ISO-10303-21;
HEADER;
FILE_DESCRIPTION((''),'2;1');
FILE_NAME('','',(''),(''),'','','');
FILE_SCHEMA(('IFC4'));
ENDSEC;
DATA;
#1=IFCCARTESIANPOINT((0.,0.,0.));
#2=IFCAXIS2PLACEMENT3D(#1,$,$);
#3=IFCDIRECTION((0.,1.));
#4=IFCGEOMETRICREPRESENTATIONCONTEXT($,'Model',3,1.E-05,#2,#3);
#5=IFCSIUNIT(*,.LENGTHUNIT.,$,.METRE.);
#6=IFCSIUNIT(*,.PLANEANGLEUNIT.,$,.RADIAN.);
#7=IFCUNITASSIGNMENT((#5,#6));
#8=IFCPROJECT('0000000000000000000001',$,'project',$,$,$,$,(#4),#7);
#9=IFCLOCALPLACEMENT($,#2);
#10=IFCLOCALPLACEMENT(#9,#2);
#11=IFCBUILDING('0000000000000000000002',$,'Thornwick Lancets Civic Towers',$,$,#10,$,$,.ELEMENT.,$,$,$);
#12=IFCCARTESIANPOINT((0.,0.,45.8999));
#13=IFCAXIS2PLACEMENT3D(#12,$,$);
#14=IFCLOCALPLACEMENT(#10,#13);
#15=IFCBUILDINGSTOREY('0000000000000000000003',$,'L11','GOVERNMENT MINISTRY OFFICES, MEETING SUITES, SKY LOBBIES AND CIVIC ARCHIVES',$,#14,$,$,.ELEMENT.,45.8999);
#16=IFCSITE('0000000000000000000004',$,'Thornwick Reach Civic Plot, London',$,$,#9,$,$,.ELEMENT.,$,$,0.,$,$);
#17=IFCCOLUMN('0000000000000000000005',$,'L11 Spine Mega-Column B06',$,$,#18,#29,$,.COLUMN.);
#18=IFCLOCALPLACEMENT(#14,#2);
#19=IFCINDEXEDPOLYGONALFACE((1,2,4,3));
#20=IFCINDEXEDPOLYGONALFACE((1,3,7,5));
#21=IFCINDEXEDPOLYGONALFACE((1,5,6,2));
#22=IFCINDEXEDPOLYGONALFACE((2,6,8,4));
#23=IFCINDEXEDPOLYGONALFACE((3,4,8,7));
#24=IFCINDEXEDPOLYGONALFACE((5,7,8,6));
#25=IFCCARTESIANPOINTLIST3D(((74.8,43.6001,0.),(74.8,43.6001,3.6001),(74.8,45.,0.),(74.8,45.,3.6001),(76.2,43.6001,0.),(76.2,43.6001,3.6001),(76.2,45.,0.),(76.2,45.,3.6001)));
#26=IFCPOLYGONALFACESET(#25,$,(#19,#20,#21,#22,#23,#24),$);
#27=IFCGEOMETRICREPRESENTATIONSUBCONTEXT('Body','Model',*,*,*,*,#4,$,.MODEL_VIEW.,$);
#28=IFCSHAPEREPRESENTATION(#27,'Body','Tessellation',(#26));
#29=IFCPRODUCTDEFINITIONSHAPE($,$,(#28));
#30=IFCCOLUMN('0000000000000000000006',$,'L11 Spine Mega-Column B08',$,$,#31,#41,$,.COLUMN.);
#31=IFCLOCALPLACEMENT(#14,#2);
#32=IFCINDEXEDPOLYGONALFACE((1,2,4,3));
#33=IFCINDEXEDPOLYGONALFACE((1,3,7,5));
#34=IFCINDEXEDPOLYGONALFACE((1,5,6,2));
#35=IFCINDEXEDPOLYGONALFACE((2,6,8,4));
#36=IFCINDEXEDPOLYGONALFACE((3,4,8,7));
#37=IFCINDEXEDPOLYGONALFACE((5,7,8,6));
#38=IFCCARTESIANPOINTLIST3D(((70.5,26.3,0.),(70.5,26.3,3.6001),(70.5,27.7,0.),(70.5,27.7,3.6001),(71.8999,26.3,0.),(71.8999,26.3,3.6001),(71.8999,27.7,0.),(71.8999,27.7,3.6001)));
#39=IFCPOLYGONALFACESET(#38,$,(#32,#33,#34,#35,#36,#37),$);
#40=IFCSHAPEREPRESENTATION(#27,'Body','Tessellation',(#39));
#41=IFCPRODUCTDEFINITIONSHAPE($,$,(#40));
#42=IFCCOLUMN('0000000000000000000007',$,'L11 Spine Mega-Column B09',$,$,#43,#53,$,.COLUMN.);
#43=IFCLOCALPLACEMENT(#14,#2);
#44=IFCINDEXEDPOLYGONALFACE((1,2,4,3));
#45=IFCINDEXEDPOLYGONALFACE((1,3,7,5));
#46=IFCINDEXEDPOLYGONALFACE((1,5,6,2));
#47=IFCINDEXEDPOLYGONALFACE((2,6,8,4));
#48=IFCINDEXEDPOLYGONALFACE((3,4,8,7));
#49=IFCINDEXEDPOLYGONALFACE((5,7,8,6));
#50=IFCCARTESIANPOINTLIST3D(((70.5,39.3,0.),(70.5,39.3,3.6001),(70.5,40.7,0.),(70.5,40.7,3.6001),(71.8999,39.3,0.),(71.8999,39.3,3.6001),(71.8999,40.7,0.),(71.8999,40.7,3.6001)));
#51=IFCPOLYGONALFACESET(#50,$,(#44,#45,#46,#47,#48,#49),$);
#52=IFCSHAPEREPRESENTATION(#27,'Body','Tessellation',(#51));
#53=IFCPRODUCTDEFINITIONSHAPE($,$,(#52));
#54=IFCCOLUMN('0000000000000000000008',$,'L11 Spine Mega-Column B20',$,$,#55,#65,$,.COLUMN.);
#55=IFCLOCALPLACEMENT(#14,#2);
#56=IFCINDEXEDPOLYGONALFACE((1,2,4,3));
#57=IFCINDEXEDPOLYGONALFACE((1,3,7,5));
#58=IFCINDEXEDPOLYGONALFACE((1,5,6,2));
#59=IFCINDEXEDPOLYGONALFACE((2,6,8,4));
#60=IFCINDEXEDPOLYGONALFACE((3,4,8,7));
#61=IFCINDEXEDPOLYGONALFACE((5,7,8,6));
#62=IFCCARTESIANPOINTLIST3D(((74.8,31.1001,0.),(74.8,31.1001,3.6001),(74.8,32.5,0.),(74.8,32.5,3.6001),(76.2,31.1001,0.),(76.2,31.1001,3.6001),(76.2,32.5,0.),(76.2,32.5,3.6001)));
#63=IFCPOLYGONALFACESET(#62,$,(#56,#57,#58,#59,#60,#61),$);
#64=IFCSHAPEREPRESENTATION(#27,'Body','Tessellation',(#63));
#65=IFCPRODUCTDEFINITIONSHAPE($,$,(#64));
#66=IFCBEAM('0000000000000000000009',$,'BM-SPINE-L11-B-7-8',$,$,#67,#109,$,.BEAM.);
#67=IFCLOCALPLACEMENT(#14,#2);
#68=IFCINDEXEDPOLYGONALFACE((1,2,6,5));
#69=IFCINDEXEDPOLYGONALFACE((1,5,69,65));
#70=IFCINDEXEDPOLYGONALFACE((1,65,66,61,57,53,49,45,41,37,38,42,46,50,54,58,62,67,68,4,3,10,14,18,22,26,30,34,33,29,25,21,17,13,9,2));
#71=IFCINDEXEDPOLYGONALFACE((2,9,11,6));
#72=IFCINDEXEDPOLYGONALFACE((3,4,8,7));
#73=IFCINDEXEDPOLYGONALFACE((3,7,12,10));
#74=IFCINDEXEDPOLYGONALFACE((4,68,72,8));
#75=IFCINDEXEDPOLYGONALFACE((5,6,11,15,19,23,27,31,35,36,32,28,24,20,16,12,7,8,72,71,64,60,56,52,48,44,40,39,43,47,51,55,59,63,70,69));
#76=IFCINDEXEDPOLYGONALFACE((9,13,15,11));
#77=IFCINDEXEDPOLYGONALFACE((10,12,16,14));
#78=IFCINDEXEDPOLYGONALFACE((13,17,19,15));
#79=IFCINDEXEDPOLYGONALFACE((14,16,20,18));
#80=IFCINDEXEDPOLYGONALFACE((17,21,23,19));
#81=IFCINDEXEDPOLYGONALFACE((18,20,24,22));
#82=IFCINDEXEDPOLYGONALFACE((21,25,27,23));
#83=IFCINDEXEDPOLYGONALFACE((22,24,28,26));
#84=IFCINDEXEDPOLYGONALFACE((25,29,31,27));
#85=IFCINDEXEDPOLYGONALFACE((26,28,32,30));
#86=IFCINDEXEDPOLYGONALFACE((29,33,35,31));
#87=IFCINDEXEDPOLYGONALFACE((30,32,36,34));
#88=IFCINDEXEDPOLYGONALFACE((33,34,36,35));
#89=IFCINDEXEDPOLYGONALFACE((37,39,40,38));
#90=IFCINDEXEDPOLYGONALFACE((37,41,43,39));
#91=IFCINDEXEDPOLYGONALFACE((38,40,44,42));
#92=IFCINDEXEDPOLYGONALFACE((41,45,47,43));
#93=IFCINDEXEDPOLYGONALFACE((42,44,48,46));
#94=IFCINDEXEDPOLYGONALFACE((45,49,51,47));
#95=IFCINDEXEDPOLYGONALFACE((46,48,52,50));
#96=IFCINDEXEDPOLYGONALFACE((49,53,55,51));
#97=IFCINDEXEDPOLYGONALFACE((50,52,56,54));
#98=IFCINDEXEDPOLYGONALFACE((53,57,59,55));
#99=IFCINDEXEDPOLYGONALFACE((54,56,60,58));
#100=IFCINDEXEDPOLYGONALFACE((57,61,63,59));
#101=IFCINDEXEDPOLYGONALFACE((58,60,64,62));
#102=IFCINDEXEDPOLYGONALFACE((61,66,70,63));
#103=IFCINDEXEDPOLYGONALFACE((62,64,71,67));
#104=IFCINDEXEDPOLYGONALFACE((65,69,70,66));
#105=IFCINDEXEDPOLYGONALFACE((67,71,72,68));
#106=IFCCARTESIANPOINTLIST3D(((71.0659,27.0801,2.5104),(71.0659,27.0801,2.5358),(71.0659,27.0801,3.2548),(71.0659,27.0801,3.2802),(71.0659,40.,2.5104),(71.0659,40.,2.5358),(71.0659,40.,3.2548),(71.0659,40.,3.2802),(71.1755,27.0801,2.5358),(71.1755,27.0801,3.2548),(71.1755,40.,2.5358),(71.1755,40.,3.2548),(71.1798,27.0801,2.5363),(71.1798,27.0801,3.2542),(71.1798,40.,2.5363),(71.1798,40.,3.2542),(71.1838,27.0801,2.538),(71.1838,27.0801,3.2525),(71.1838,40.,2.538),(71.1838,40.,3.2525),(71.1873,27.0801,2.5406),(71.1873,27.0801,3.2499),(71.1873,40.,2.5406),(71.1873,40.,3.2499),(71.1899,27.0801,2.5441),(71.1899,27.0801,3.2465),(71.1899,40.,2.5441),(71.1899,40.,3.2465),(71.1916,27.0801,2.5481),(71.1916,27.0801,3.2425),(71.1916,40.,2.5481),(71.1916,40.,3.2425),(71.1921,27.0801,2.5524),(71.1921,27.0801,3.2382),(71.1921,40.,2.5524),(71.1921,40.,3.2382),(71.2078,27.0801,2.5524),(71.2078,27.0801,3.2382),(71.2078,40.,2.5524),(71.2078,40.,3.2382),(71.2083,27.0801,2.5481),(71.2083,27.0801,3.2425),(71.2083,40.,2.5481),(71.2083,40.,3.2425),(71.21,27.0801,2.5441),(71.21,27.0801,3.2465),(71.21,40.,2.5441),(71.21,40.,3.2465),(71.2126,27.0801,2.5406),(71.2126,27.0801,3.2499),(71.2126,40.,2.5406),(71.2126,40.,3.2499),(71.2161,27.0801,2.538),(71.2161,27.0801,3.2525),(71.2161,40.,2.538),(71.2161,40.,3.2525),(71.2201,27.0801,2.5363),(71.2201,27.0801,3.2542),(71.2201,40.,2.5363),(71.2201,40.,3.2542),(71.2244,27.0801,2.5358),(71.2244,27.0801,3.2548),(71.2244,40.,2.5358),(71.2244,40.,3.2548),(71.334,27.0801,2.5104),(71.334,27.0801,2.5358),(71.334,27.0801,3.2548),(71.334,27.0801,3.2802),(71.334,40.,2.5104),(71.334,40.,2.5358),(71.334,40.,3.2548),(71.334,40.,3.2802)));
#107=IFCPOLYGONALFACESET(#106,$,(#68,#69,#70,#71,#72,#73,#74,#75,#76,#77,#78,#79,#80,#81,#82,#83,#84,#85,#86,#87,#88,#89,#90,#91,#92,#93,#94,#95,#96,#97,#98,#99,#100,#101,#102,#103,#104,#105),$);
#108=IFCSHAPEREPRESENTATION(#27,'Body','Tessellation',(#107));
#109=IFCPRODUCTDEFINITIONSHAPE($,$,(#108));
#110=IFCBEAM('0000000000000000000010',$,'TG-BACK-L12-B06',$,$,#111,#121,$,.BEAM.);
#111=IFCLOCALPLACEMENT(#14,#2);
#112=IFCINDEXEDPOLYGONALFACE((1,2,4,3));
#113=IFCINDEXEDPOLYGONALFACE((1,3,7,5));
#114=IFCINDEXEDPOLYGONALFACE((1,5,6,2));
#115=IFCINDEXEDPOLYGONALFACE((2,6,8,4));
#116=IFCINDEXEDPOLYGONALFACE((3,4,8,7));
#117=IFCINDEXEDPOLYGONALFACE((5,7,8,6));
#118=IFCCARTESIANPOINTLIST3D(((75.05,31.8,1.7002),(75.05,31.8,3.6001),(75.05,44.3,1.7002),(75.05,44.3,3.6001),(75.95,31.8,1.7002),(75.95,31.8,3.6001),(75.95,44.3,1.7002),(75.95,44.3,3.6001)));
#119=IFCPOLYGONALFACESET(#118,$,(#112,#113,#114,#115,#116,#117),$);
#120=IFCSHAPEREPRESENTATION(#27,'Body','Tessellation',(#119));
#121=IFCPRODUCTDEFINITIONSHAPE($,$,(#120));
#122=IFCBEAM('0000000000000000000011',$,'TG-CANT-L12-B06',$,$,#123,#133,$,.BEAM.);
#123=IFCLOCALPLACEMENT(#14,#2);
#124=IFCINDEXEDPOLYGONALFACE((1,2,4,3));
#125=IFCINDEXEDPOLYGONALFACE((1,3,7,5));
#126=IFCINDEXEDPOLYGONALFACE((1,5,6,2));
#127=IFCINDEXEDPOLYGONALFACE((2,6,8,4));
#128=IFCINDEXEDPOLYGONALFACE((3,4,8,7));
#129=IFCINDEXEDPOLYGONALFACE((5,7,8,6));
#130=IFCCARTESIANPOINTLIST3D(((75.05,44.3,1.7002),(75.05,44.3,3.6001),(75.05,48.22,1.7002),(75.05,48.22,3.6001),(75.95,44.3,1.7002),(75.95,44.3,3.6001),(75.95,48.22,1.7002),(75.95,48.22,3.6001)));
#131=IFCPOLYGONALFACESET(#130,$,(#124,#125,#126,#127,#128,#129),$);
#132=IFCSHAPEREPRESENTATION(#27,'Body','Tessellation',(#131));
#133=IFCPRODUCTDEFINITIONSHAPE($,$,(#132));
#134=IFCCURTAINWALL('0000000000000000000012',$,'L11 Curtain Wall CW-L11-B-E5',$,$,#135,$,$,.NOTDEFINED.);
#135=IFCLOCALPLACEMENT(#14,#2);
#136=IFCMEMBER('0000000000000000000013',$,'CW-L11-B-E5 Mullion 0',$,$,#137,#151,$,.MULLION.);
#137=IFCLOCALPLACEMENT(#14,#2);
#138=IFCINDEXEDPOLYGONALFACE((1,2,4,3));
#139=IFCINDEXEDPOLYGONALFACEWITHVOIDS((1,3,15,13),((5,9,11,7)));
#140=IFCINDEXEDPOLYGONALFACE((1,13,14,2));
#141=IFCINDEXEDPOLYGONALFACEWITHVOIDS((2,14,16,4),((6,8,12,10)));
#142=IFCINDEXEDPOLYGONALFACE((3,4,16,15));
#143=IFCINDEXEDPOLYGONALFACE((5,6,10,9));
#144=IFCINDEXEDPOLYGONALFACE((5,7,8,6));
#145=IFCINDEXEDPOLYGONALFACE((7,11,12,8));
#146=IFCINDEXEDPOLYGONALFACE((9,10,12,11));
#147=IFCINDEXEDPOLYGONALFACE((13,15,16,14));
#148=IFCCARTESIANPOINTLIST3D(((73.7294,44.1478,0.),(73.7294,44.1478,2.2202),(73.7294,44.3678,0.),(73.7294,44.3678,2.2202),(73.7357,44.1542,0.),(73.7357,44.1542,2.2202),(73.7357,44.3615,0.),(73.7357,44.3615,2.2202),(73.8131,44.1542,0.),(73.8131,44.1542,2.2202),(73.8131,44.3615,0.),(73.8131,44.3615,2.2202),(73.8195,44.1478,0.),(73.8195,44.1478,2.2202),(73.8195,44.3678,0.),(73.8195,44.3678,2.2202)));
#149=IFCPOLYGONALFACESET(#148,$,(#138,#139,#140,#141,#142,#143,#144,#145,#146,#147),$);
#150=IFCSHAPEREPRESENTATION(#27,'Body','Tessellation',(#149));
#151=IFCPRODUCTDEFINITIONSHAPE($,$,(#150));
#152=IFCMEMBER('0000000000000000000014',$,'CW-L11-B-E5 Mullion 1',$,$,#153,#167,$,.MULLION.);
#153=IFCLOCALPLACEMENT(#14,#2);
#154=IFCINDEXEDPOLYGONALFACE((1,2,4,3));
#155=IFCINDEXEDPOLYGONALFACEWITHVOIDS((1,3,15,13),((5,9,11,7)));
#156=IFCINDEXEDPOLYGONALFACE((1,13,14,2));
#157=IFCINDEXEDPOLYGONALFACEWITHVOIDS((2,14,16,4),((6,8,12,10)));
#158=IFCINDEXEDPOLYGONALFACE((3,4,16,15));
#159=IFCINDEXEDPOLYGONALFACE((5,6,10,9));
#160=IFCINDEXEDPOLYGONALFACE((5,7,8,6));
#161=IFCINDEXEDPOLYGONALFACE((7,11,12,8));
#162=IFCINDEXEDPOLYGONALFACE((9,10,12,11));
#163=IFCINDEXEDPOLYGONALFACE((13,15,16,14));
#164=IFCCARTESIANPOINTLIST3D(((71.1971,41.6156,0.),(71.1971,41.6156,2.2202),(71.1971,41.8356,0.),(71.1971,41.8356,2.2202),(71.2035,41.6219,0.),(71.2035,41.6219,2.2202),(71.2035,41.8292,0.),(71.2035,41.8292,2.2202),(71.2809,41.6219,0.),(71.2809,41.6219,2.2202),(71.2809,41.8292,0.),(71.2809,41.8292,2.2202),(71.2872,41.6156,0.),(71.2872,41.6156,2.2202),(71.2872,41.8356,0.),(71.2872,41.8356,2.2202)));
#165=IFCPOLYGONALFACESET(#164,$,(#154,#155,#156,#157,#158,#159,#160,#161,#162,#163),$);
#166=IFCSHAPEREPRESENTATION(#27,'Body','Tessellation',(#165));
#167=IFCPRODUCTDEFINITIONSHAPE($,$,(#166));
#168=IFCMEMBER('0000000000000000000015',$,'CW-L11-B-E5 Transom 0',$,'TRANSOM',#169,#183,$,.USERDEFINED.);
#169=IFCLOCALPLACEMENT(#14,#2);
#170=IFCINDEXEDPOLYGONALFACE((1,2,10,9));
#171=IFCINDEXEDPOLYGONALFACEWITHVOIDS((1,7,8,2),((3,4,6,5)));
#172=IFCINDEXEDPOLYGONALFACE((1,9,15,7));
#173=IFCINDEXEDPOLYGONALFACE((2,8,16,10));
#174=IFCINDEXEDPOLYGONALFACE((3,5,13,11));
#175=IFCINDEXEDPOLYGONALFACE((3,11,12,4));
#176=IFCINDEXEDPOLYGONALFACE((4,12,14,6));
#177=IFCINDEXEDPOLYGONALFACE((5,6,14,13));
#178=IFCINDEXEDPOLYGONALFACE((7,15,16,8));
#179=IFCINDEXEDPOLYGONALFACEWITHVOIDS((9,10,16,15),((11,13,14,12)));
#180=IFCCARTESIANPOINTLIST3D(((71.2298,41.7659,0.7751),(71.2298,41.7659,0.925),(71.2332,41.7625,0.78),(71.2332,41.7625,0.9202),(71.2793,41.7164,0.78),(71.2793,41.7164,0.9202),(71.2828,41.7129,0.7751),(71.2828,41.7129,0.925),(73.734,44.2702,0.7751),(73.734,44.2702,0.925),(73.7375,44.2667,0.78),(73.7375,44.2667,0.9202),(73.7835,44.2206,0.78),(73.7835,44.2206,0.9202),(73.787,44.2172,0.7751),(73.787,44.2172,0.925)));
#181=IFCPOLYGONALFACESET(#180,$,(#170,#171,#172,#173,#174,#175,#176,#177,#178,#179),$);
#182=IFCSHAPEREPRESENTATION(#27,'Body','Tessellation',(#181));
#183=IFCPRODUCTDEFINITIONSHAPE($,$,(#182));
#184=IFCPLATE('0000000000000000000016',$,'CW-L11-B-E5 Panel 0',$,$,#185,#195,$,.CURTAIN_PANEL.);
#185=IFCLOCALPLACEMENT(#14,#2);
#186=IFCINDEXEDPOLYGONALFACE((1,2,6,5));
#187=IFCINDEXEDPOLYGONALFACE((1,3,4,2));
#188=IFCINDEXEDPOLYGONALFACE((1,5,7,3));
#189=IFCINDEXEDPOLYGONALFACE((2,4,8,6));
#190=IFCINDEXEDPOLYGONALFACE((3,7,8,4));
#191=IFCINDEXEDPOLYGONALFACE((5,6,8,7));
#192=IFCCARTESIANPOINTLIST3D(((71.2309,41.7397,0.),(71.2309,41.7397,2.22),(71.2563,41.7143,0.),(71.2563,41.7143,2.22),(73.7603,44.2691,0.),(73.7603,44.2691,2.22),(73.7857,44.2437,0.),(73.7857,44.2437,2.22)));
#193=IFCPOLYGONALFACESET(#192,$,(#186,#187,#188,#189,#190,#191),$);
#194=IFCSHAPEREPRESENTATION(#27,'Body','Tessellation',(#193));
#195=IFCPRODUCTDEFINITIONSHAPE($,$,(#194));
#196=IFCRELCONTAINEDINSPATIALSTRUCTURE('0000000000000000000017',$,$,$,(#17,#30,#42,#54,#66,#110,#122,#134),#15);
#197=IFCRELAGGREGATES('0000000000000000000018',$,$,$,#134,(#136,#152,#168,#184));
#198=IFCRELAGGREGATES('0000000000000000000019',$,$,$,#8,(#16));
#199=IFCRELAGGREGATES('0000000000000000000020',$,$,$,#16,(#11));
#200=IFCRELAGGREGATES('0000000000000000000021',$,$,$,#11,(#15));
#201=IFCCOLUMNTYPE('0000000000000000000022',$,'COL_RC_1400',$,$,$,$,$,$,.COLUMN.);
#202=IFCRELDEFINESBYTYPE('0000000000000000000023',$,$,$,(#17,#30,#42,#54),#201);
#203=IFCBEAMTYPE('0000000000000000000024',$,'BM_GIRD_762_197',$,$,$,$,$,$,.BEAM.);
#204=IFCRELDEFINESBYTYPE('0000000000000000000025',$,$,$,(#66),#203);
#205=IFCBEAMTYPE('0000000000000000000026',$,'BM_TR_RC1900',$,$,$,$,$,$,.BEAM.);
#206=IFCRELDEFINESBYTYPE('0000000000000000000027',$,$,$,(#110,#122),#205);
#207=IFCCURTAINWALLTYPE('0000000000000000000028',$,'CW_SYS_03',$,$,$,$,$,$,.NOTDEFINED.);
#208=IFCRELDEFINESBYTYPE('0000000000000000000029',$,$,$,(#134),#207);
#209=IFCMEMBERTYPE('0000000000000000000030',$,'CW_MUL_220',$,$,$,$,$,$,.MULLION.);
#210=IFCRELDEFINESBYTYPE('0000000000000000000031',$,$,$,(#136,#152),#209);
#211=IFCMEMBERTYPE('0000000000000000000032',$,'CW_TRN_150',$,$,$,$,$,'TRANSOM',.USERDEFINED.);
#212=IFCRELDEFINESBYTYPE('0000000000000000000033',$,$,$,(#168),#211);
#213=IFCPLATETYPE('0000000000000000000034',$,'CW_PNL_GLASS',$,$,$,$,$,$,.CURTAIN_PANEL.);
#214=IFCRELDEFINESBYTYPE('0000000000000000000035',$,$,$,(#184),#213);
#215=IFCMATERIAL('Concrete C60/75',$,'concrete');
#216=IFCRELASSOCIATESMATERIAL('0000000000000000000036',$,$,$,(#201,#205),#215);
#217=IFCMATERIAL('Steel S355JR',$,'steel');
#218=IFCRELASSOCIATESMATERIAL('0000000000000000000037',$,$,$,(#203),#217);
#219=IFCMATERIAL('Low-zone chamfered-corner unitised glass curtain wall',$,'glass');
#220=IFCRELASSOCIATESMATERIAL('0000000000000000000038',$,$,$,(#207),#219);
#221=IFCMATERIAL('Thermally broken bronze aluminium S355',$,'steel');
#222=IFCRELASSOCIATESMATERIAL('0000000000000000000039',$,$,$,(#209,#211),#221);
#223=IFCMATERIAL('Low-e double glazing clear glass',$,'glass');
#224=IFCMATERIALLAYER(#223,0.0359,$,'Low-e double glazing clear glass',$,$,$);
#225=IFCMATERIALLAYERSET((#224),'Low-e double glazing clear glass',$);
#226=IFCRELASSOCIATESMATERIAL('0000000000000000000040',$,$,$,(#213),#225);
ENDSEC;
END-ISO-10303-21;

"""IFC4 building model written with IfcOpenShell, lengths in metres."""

from ifc_helpers import new_model, si_unit, direction, frame, origin, origin_2d, place, context, subcontext, project, spatial, rectangle, hollow_rectangle, i_section, extrude, material, layer, layer_set, material_profile, profile_set, type_object, element, aggregate, save


model = new_model("IFC4")

# Units and contexts
model_context = context("Model", 3, precision=1e-05, world=origin(), true_north=direction((0.0, 1.0)))
body_context = subcontext(model_context, "Body", "Model", "MODEL_VIEW")
ifc_project = project(units=[si_unit("LENGTHUNIT", "METRE"), si_unit("PLANEANGLEUNIT", "RADIAN")], contexts=[model_context])

# Site, building, storey
site_placement = place(None, origin())
site = spatial("IfcSite", under=ifc_project, at=site_placement, Name="Thornwick Reach Civic Plot, London", CompositionType="ELEMENT", RefElevation=0.0)
building_placement = place(site_placement, origin())
building = spatial("IfcBuilding", under=site, at=building_placement, Name="Thornwick Lancets Civic Towers", CompositionType="ELEMENT")
storey_placement = place(building_placement, frame((0.0, 0.0, 45.8999)))
storey = spatial("IfcBuildingStorey", under=building, at=storey_placement, Name="L11", Description="GOVERNMENT MINISTRY OFFICES, MEETING SUITES, SKY LOBBIES AND CIVIC ARCHIVES", CompositionType="ELEMENT", Elevation=45.8999)

# Columns
ifc_material_1 = material(Name="Concrete C60/75", Category="concrete")
ifc_material_profile_1 = material_profile(ifc_material_1, rectangle(XDim=1.3999, YDim=1.3999, at=origin_2d()), Name="RC 1400x1400")
ifc_profile_set_1 = profile_set([ifc_material_profile_1], Name="Concrete C60/75")
column_type = type_object("IfcColumnType", Name="COL_RC_1400", PredefinedType="COLUMN", material=ifc_profile_set_1)
for number, where, z_axis, x_axis, name in (
    (1, (75.5, 44.3, 0.0), (0.0, 0.0, 1.0), (1.0, 0.0, 0.0), "L11 Spine Mega-Column B06"),
    (2, (71.2, 27.0, 0.0), (0.0, 0.0, 1.0), (1.0, 0.0, 0.0), "L11 Spine Mega-Column B08"),
    (3, (71.2, 40.0, 0.0), (0.0, 0.0, 1.0), (1.0, 0.0, 0.0), "L11 Spine Mega-Column B09"),
    (4, (75.5, 31.8, 0.0), (0.0, 0.0, 1.0), (1.0, 0.0, 0.0), "L11 Spine Mega-Column B20"),
):
    element("IfcColumn", number, at=place(storey_placement, frame(where, z_axis=z_axis, x_axis=x_axis)), inside=storey, type_object=column_type, Name=name, PredefinedType="COLUMN", context=body_context, shape_type="SweptSolid", body=[
        extrude(rectangle(XDim=1.3999, YDim=1.3999, at=origin_2d()), origin(), (0.0, 0.0, 1.0), 3.6001),
    ])

# Beams
ifc_material_2 = material(Name="Steel S355JR", Category="steel")
ifc_material_profile_2 = material_profile(ifc_material_2, i_section(OverallWidth=0.2681, OverallDepth=0.7698, WebThickness=0.0156, FlangeThickness=0.0254, FilletRadius=0.0166, at=origin_2d()), Name="UKB 762x267x197")
ifc_profile_set_2 = profile_set([ifc_material_profile_2], Name="Steel S355JR")
beam_type_1 = type_object("IfcBeamType", Name="BM_GIRD_762_197", PredefinedType="BEAM", material=ifc_profile_set_2)
beam_1_placement = place(storey_placement, frame((71.2, 27.0801, 2.8953), z_axis=(0.0, 1.0, 0.0), x_axis=(-1.0, 0.0, 0.0)))
element("IfcBeam", 5, at=beam_1_placement, inside=storey, type_object=beam_type_1, Name="BM-SPINE-L11-B-7-8", PredefinedType="BEAM", context=body_context, shape_type="SweptSolid", body=[
    extrude(i_section(OverallWidth=0.2681, OverallDepth=0.7698, WebThickness=0.0156, FlangeThickness=0.0254, FilletRadius=0.0166, at=origin_2d()), origin(), (0.0, 0.0, 1.0), 12.9199),
])
ifc_material_profile_3 = material_profile(ifc_material_1, rectangle(XDim=0.8999, YDim=1.8999, at=origin_2d()), Name="RC 900x1900")
ifc_profile_set_3 = profile_set([ifc_material_profile_3], Name="Concrete C60/75")
beam_type_2 = type_object("IfcBeamType", Name="BM_TR_RC1900", PredefinedType="BEAM", material=ifc_profile_set_3)
beam_2_placement = place(storey_placement, frame((75.5, 31.8, 2.6501), z_axis=(0.0, 1.0, 0.0), x_axis=(-1.0, 0.0, 0.0)))
element("IfcBeam", 6, at=beam_2_placement, inside=storey, type_object=beam_type_2, Name="TG-BACK-L12-B06", PredefinedType="BEAM", context=body_context, shape_type="SweptSolid", body=[
    extrude(rectangle(XDim=0.8999, YDim=1.8999, at=origin_2d()), origin(), (0.0, 0.0, 1.0), 12.5),
])
beam_3_placement = place(storey_placement, frame((75.5, 44.3, 2.6501), z_axis=(0.0, 1.0, 0.0), x_axis=(-1.0, 0.0, 0.0)))
element("IfcBeam", 7, at=beam_3_placement, inside=storey, type_object=beam_type_2, Name="TG-CANT-L12-B06", PredefinedType="BEAM", context=body_context, shape_type="SweptSolid", body=[
    extrude(rectangle(XDim=0.8999, YDim=1.8999, at=origin_2d()), origin(), (0.0, 0.0, 1.0), 3.9199),
])

# Curtain wall, members, plate
ifc_material_3 = material(Name="Low-zone chamfered-corner unitised glass curtain wall", Category="glass")
curtain_wall_type = type_object("IfcCurtainWallType", Name="CW_SYS_03", PredefinedType="NOTDEFINED", material=ifc_material_3)
curtain_wall_placement = place(storey_placement, origin())
curtain_wall = element("IfcCurtainWall", 8, at=curtain_wall_placement, inside=storey, type_object=curtain_wall_type, Name="L11 Curtain Wall CW-L11-B-E5", PredefinedType="NOTDEFINED")
ifc_material_4 = material(Name="Thermally broken bronze aluminium S355", Category="steel")
ifc_material_profile_4 = material_profile(ifc_material_4, hollow_rectangle(XDim=0.0901, YDim=0.22, WallThickness=0.0063, at=origin_2d()), Name="RHS 220x90x6.3")
ifc_profile_set_4 = profile_set([ifc_material_profile_4], Name="Thermally broken bronze aluminium S355")
member_type_1 = type_object("IfcMemberType", Name="CW_MUL_220", PredefinedType="MULLION", material=ifc_profile_set_4)
member_1_placement = place(storey_placement, frame((73.7744, 44.2578, 0.0), z_axis=(0.0, 0.0, 1.0), x_axis=(1.0, 0.0, 0.0)))
member_1 = element("IfcMember", 9, at=member_1_placement, type_object=member_type_1, Name="CW-L11-B-E5 Mullion 0", PredefinedType="MULLION", context=body_context, shape_type="SweptSolid", body=[
    extrude(hollow_rectangle(XDim=0.0901, YDim=0.22, WallThickness=0.0063, at=origin_2d()), origin(), (0.0, 0.0, 1.0), 2.2202),
])
member_2_placement = place(storey_placement, frame((71.2422, 41.7256, 0.0), z_axis=(0.0, 0.0, 1.0), x_axis=(1.0, 0.0, 0.0)))
member_2 = element("IfcMember", 10, at=member_2_placement, type_object=member_type_1, Name="CW-L11-B-E5 Mullion 1", PredefinedType="MULLION", context=body_context, shape_type="SweptSolid", body=[
    extrude(hollow_rectangle(XDim=0.0901, YDim=0.22, WallThickness=0.0063, at=origin_2d()), origin(), (0.0, 0.0, 1.0), 2.2202),
])
ifc_material_profile_5 = material_profile(ifc_material_4, hollow_rectangle(XDim=0.075, YDim=0.1499, WallThickness=0.0049, at=origin_2d()), Name="RHS 150x75x5")
ifc_profile_set_5 = profile_set([ifc_material_profile_5], Name="Thermally broken bronze aluminium S355")
member_type_2 = type_object("IfcMemberType", Name="CW_TRN_150", ElementType="TRANSOM", PredefinedType="USERDEFINED", material=ifc_profile_set_5)
member_3_placement = place(storey_placement, frame((73.7605, 44.2437, 0.8501), z_axis=(-0.707107, -0.707107, 0.0), x_axis=(0.707107, -0.707107, 0.0)))
member_3 = element("IfcMember", 11, at=member_3_placement, type_object=member_type_2, Name="CW-L11-B-E5 Transom 0", ObjectType="TRANSOM", PredefinedType="USERDEFINED", context=body_context, shape_type="SweptSolid", body=[
    extrude(hollow_rectangle(XDim=0.075, YDim=0.1499, WallThickness=0.0049, at=origin_2d()), origin(), (0.0, 0.0, 1.0), 3.5415),
])
ifc_material_5 = material(Name="Low-e double glazing clear glass", Category="glass")
ifc_layer_1 = layer(ifc_material_5, 0.0359, Name="Low-e double glazing clear glass")
ifc_layer_set_1 = layer_set([ifc_layer_1], Name="Low-e double glazing clear glass")
plate_type_1 = type_object("IfcPlateType", Name="CW_PNL_GLASS", PredefinedType="CURTAIN_PANEL", material=ifc_layer_set_1)
plate_placement = place(storey_placement, frame((72.5083, 42.9917, 0.0), z_axis=(0.0, 0.0, 1.0), x_axis=(-0.707107, -0.707107, 0.0)))
plate = element("IfcPlate", 12, at=plate_placement, type_object=plate_type_1, Name="CW-L11-B-E5 Panel 0", PredefinedType="CURTAIN_PANEL", context=body_context, shape_type="SweptSolid", body=[
    extrude(rectangle(XDim=3.5771, YDim=0.0359, at=origin_2d()), origin(), (0.0, 0.0, 1.0), 2.22),
])
aggregate(curtain_wall, [member_1, member_2, member_3, plate])

save(model, "model.ifc")
